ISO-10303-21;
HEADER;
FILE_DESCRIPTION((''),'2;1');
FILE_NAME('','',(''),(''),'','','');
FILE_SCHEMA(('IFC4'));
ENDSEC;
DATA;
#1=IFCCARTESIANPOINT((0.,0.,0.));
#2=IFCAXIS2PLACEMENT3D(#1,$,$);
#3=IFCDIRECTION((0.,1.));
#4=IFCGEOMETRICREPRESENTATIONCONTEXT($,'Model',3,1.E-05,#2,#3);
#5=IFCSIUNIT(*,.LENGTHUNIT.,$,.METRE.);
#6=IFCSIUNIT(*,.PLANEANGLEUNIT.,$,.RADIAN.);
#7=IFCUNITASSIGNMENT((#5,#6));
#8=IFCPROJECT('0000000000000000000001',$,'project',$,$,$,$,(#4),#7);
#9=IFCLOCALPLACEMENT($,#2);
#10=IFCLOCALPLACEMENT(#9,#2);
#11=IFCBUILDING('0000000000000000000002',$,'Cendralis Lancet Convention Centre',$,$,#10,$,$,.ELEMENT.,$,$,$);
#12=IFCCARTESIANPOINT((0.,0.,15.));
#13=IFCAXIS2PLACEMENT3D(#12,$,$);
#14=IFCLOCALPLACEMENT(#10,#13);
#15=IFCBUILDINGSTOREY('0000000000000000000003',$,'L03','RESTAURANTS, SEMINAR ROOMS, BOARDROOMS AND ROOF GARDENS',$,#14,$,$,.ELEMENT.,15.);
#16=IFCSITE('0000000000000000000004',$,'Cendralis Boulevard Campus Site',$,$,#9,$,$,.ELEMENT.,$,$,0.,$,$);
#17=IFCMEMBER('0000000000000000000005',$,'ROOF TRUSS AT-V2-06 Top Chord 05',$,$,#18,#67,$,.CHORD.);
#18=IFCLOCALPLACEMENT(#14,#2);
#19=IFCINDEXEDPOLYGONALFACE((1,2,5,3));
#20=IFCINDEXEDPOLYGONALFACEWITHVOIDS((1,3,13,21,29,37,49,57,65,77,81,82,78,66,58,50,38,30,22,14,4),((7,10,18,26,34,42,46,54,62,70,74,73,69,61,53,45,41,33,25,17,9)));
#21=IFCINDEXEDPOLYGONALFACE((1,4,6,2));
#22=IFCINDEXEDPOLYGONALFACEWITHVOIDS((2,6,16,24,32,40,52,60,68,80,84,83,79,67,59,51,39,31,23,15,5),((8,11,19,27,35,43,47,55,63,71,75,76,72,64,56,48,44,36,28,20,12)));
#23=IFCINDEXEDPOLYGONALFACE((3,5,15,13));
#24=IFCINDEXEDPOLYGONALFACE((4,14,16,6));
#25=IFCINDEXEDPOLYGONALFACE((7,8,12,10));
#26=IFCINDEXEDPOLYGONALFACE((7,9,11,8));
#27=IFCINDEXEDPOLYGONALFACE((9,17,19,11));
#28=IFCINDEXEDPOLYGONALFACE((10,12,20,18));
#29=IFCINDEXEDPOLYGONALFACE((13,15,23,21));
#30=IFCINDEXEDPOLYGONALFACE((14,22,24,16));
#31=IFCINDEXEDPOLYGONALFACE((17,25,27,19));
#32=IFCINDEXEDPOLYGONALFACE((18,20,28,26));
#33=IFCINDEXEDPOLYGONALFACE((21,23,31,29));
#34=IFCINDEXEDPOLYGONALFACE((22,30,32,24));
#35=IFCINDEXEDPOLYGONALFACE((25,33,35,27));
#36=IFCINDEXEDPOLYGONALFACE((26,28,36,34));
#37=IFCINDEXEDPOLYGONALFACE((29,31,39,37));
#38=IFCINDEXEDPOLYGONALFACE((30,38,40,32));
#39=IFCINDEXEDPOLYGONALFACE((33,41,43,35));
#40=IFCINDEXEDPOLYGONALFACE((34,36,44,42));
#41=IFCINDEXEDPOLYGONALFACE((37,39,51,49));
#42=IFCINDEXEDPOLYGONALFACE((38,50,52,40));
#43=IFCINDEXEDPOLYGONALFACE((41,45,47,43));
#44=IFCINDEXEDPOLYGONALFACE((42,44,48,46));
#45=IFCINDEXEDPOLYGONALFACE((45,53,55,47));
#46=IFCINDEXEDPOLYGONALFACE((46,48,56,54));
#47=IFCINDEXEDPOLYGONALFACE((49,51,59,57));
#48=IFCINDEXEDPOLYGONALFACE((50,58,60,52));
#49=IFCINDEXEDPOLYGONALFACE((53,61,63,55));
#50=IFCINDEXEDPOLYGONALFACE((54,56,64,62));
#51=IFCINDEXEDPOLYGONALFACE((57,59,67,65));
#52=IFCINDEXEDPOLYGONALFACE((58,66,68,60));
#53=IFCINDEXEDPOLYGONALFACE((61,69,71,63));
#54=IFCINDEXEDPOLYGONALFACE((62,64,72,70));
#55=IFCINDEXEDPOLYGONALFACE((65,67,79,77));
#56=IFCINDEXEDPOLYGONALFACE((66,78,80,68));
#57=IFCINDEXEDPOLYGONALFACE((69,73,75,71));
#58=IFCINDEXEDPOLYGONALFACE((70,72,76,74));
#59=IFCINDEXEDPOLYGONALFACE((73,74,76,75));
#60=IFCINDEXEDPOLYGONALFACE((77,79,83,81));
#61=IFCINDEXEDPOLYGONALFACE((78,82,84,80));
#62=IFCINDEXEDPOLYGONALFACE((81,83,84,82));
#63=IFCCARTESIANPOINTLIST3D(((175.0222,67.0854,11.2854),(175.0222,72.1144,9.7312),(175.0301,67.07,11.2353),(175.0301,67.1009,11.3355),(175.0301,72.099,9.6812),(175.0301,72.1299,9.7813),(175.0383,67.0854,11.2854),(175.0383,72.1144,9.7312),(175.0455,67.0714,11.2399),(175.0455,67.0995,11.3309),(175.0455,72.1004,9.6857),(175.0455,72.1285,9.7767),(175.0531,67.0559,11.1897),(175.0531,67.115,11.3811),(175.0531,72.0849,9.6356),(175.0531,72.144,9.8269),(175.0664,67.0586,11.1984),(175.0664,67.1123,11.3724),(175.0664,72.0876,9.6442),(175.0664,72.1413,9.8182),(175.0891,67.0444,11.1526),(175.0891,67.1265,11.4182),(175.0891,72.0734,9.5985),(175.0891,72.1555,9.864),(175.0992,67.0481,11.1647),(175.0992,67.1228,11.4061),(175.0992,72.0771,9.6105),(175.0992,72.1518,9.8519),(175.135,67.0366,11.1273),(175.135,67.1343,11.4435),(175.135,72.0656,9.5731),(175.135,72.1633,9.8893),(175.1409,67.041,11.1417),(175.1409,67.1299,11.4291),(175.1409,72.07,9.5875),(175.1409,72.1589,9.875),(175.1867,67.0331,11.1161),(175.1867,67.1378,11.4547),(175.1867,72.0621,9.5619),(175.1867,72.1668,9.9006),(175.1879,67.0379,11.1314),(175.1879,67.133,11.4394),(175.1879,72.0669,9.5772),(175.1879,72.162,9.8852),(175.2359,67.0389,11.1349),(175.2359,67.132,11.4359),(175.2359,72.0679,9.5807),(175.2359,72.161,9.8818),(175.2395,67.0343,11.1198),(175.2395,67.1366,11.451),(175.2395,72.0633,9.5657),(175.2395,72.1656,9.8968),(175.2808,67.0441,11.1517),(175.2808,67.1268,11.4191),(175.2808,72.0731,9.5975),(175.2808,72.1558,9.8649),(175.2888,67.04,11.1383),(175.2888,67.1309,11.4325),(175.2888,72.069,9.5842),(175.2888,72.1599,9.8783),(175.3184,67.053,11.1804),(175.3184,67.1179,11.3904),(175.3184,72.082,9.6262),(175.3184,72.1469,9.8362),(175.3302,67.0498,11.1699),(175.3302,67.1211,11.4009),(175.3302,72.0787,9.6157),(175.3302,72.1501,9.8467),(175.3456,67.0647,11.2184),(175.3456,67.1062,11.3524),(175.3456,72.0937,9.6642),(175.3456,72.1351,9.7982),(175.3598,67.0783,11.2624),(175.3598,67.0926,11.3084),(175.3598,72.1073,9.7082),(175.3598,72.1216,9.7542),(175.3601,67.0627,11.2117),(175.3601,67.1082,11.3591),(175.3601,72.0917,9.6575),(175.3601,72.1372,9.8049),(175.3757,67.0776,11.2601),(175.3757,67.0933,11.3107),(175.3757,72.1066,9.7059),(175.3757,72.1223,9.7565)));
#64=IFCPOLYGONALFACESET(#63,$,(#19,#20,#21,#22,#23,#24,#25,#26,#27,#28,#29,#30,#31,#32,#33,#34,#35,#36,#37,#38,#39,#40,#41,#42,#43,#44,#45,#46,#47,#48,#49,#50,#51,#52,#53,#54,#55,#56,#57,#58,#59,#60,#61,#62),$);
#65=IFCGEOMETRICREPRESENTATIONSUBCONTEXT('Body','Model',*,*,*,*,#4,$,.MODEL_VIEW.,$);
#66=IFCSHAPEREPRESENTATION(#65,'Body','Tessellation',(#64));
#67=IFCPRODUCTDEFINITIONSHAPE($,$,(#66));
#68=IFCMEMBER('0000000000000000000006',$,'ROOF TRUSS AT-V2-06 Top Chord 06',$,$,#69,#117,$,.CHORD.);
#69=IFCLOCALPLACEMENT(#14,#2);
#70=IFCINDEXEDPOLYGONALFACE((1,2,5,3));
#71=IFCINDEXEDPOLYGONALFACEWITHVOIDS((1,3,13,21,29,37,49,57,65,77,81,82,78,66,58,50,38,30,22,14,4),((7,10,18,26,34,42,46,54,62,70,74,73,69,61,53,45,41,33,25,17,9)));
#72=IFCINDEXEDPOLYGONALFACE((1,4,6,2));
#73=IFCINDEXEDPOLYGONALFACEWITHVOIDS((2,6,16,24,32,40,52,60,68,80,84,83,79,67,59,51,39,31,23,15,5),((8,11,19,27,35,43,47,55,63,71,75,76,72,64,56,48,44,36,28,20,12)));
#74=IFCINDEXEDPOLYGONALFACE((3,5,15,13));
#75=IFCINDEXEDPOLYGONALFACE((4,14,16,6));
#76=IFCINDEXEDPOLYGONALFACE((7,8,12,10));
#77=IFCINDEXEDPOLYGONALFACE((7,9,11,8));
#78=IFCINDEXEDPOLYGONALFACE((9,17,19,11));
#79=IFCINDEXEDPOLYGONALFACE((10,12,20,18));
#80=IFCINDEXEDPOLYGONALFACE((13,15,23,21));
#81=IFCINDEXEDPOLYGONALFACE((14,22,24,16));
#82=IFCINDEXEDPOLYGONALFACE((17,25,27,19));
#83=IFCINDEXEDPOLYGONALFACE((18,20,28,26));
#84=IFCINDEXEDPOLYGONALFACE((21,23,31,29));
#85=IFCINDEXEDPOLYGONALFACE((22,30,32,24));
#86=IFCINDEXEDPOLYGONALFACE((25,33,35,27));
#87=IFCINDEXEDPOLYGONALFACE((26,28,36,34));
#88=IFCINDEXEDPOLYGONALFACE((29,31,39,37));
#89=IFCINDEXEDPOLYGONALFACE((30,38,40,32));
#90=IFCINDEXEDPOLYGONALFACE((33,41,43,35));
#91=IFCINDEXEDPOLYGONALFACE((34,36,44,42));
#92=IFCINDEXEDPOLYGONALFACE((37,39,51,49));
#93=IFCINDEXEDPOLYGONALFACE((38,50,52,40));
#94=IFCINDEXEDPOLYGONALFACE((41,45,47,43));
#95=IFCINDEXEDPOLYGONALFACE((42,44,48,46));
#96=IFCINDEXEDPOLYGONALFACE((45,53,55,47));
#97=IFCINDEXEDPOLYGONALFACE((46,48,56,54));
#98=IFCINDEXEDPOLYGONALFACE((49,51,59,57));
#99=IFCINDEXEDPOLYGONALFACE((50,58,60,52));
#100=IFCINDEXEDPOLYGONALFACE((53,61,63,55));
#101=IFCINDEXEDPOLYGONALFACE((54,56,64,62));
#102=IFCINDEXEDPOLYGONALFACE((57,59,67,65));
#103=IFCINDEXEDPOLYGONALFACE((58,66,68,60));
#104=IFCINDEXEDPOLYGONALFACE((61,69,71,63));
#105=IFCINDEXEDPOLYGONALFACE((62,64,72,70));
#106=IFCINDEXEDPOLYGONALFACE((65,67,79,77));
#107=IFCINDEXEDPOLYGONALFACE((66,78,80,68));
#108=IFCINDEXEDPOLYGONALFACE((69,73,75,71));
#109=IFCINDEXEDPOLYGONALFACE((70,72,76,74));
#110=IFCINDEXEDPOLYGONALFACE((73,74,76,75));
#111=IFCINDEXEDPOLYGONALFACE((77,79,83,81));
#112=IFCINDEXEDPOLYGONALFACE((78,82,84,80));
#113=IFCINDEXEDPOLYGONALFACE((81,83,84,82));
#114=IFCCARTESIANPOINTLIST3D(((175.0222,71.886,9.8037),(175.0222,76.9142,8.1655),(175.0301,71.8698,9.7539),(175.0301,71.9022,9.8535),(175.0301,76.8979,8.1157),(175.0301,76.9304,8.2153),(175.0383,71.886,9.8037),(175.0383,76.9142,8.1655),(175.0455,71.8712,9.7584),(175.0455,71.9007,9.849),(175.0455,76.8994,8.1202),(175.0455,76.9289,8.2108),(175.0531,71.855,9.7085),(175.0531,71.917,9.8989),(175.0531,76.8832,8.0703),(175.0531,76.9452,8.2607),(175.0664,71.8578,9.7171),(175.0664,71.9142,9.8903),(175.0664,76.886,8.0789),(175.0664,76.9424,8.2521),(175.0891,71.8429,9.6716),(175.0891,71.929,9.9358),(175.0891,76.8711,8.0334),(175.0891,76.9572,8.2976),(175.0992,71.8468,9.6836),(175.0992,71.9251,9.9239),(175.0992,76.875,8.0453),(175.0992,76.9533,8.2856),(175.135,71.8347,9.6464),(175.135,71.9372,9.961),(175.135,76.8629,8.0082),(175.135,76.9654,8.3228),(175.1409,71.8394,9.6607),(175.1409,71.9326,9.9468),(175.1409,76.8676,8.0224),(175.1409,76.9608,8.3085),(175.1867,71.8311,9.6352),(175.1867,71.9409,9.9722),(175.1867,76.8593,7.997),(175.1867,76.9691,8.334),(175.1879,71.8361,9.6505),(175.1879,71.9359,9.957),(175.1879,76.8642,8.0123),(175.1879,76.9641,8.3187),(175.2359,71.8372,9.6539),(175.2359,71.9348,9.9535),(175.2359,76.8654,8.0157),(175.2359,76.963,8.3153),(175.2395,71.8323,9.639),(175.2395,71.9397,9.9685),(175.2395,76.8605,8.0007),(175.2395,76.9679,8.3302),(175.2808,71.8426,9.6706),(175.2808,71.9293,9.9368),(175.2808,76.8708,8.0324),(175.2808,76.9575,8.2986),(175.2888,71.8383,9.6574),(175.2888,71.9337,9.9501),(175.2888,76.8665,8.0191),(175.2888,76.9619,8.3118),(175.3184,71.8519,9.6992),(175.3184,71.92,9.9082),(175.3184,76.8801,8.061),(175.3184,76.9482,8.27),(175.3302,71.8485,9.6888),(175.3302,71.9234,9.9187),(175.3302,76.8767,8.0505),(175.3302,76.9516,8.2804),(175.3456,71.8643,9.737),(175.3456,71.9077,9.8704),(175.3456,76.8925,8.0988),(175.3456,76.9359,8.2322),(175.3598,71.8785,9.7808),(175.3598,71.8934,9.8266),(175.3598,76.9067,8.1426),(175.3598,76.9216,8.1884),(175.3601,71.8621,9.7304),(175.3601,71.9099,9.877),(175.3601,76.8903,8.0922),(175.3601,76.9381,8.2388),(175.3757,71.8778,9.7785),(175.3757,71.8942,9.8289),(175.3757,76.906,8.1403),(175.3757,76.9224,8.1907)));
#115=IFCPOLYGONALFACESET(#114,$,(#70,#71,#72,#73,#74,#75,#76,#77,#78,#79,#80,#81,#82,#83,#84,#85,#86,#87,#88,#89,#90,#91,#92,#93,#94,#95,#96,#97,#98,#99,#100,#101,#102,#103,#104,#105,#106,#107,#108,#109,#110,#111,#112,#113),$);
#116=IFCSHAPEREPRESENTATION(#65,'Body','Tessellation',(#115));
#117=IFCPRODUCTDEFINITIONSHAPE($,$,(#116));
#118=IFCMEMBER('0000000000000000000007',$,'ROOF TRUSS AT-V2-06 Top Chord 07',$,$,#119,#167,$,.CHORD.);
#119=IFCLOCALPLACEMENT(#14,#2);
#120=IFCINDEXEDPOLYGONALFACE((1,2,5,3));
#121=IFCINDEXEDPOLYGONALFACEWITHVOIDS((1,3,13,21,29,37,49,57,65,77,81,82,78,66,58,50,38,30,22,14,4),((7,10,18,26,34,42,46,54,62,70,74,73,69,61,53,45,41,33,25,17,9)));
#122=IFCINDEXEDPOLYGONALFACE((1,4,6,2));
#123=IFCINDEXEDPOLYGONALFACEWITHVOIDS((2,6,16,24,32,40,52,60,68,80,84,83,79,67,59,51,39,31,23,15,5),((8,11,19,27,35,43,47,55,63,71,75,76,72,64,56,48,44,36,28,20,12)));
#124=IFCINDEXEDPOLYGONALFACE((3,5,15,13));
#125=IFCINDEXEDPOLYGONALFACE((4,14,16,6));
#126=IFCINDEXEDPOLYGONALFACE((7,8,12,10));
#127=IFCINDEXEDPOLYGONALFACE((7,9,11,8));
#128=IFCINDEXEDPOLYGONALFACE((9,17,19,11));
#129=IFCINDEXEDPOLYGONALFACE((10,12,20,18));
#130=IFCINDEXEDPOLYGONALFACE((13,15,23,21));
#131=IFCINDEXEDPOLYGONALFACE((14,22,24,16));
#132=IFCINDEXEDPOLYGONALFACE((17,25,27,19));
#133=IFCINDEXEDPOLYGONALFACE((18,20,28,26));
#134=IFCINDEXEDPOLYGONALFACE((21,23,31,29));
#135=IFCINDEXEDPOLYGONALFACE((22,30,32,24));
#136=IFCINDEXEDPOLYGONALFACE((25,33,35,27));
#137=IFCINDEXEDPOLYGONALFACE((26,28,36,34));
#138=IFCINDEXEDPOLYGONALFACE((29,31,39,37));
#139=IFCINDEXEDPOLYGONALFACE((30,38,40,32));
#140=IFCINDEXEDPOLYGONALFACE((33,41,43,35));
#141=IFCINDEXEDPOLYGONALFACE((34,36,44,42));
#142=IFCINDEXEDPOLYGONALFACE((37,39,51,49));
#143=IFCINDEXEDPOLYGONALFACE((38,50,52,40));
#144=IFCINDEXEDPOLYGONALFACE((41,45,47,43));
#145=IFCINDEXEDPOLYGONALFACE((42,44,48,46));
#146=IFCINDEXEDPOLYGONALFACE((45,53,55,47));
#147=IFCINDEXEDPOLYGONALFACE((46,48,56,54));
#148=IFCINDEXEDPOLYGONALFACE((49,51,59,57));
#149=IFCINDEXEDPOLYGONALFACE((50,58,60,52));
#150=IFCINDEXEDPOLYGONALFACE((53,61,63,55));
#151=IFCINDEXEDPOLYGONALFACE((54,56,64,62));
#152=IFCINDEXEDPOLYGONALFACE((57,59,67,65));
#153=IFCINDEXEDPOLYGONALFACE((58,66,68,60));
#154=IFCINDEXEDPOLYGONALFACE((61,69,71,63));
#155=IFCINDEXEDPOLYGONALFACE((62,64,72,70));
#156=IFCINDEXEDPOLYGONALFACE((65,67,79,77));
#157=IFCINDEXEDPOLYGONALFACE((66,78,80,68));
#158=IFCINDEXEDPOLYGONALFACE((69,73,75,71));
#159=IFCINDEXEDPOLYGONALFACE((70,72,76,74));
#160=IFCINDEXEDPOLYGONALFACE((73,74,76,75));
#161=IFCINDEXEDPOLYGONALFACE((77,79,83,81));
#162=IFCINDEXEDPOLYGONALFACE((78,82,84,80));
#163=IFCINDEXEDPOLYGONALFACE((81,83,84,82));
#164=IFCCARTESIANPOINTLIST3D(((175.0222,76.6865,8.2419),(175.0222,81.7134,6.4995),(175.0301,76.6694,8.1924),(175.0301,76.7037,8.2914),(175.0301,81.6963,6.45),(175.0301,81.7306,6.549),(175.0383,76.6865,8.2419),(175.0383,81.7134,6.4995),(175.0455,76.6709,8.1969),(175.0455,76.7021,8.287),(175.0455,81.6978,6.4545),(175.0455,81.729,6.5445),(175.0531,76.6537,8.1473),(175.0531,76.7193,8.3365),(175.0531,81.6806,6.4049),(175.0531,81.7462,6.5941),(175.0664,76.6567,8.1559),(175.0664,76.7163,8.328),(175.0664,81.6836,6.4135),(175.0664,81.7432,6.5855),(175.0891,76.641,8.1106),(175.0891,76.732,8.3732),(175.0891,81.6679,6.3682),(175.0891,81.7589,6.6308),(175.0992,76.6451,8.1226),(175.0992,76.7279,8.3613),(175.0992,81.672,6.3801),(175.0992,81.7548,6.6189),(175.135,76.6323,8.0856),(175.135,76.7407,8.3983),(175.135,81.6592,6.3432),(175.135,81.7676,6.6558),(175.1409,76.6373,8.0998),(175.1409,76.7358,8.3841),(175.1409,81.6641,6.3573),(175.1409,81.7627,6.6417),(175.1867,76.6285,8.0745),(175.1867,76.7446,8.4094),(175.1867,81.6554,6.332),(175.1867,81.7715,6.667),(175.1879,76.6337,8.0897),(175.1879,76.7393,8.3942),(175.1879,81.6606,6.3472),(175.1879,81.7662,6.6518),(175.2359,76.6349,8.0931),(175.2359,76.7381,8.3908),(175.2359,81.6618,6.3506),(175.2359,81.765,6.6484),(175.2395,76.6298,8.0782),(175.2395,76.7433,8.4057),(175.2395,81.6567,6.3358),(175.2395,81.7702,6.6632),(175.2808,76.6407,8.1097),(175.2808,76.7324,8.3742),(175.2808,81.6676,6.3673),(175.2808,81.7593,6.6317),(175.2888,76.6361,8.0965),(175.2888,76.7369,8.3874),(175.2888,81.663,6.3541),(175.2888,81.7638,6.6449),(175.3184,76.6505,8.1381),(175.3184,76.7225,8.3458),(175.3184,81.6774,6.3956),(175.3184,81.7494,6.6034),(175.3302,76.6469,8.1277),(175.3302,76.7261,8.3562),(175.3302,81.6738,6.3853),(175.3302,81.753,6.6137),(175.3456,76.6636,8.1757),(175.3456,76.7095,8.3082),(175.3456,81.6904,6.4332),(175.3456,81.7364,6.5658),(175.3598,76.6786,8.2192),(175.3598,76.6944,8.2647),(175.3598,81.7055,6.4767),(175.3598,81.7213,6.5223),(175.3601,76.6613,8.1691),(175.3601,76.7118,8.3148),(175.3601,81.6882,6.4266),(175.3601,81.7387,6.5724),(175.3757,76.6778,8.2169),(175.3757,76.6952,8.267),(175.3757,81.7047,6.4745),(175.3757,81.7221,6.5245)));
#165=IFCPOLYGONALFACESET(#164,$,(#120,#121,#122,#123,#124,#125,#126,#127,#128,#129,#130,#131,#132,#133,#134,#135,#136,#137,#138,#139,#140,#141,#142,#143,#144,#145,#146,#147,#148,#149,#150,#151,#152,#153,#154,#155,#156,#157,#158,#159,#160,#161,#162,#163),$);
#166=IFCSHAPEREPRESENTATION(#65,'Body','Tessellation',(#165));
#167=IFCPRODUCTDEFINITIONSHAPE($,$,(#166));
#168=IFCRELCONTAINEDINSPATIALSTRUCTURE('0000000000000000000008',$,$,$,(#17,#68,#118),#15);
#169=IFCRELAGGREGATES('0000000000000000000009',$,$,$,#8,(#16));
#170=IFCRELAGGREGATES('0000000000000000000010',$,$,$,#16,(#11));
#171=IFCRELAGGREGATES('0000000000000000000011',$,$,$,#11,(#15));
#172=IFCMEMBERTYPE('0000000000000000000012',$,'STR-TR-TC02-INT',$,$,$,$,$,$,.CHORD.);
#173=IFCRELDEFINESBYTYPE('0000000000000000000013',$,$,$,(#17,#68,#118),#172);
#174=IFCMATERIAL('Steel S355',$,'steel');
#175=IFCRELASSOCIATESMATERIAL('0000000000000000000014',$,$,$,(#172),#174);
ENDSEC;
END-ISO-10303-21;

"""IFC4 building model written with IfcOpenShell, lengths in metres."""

from ifc_helpers import new_model, si_unit, direction, frame, origin, origin_2d, place, context, subcontext, project, spatial, hollow_circle, extrude, material, material_profile, profile_set, type_object, element, save


model = new_model("IFC4")

# Units and contexts
model_context = context("Model", 3, precision=1e-05, world=origin(), true_north=direction((0.0, 1.0)))
body_context = subcontext(model_context, "Body", "Model", "MODEL_VIEW")
ifc_project = project(units=[si_unit("LENGTHUNIT", "METRE"), si_unit("PLANEANGLEUNIT", "RADIAN")], contexts=[model_context])

# Site, building, storey
site_placement = place(None, origin())
site = spatial("IfcSite", under=ifc_project, at=site_placement, Name="Cendralis Boulevard Campus Site", CompositionType="ELEMENT", RefElevation=0.0)
building_placement = place(site_placement, origin())
building = spatial("IfcBuilding", under=site, at=building_placement, Name="Cendralis Lancet Convention Centre", CompositionType="ELEMENT")
storey_placement = place(building_placement, frame((0.0, 0.0, 15.0)))
storey = spatial("IfcBuildingStorey", under=building, at=storey_placement, Name="L03", Description="RESTAURANTS, SEMINAR ROOMS, BOARDROOMS AND ROOF GARDENS", CompositionType="ELEMENT", Elevation=15.0)

# Members
ifc_material = material(Name="Steel S355", Category="steel")
ifc_material_profile_1 = material_profile(ifc_material, hollow_circle(Radius=0.1777, WallThickness=0.0161, at=origin_2d()), Name="CHS 355.6x16.0")
ifc_profile_set_1 = profile_set([ifc_material_profile_1], Name="Steel S355")
member_type_1 = type_object("IfcMemberType", Name="STR-TR-TC02-INT", PredefinedType="CHORD", material=ifc_profile_set_1)
member_1_placement = place(storey_placement, frame((175.2, 67.0854, 11.2854), z_axis=(0.0, 0.955415, -0.295265), x_axis=(-1.0, 0.0, 0.0)))
element("IfcMember", 1, at=member_1_placement, inside=storey, type_object=member_type_1, Name="ROOF TRUSS AT-V2-06 Top Chord 05", PredefinedType="CHORD", context=body_context, shape_type="SweptSolid", body=[
    extrude(hollow_circle(Radius=0.1777, WallThickness=0.0161, at=origin_2d()), origin(), (0.0, 0.0, 1.0), 5.2637),
])
member_2_placement = place(storey_placement, frame((175.2, 71.886, 9.8037), z_axis=(0.0, 0.950808, -0.30978), x_axis=(-1.0, 0.0, 0.0)))
element("IfcMember", 2, at=member_2_placement, inside=storey, type_object=member_type_1, Name="ROOF TRUSS AT-V2-06 Top Chord 06", PredefinedType="CHORD", context=body_context, shape_type="SweptSolid", body=[
    extrude(hollow_circle(Radius=0.1777, WallThickness=0.0161, at=origin_2d()), origin(), (0.0, 0.0, 1.0), 5.2883),
])
member_3_placement = place(storey_placement, frame((175.2, 76.6865, 8.2419), z_axis=(0.0, 0.944849, -0.327508), x_axis=(-1.0, 0.0, 0.0)))
element("IfcMember", 3, at=member_3_placement, inside=storey, type_object=member_type_1, Name="ROOF TRUSS AT-V2-06 Top Chord 07", PredefinedType="CHORD", context=body_context, shape_type="SweptSolid", body=[
    extrude(hollow_circle(Radius=0.1777, WallThickness=0.0161, at=origin_2d()), origin(), (0.0, 0.0, 1.0), 5.3203),
])

save(model, "model.ifc")
